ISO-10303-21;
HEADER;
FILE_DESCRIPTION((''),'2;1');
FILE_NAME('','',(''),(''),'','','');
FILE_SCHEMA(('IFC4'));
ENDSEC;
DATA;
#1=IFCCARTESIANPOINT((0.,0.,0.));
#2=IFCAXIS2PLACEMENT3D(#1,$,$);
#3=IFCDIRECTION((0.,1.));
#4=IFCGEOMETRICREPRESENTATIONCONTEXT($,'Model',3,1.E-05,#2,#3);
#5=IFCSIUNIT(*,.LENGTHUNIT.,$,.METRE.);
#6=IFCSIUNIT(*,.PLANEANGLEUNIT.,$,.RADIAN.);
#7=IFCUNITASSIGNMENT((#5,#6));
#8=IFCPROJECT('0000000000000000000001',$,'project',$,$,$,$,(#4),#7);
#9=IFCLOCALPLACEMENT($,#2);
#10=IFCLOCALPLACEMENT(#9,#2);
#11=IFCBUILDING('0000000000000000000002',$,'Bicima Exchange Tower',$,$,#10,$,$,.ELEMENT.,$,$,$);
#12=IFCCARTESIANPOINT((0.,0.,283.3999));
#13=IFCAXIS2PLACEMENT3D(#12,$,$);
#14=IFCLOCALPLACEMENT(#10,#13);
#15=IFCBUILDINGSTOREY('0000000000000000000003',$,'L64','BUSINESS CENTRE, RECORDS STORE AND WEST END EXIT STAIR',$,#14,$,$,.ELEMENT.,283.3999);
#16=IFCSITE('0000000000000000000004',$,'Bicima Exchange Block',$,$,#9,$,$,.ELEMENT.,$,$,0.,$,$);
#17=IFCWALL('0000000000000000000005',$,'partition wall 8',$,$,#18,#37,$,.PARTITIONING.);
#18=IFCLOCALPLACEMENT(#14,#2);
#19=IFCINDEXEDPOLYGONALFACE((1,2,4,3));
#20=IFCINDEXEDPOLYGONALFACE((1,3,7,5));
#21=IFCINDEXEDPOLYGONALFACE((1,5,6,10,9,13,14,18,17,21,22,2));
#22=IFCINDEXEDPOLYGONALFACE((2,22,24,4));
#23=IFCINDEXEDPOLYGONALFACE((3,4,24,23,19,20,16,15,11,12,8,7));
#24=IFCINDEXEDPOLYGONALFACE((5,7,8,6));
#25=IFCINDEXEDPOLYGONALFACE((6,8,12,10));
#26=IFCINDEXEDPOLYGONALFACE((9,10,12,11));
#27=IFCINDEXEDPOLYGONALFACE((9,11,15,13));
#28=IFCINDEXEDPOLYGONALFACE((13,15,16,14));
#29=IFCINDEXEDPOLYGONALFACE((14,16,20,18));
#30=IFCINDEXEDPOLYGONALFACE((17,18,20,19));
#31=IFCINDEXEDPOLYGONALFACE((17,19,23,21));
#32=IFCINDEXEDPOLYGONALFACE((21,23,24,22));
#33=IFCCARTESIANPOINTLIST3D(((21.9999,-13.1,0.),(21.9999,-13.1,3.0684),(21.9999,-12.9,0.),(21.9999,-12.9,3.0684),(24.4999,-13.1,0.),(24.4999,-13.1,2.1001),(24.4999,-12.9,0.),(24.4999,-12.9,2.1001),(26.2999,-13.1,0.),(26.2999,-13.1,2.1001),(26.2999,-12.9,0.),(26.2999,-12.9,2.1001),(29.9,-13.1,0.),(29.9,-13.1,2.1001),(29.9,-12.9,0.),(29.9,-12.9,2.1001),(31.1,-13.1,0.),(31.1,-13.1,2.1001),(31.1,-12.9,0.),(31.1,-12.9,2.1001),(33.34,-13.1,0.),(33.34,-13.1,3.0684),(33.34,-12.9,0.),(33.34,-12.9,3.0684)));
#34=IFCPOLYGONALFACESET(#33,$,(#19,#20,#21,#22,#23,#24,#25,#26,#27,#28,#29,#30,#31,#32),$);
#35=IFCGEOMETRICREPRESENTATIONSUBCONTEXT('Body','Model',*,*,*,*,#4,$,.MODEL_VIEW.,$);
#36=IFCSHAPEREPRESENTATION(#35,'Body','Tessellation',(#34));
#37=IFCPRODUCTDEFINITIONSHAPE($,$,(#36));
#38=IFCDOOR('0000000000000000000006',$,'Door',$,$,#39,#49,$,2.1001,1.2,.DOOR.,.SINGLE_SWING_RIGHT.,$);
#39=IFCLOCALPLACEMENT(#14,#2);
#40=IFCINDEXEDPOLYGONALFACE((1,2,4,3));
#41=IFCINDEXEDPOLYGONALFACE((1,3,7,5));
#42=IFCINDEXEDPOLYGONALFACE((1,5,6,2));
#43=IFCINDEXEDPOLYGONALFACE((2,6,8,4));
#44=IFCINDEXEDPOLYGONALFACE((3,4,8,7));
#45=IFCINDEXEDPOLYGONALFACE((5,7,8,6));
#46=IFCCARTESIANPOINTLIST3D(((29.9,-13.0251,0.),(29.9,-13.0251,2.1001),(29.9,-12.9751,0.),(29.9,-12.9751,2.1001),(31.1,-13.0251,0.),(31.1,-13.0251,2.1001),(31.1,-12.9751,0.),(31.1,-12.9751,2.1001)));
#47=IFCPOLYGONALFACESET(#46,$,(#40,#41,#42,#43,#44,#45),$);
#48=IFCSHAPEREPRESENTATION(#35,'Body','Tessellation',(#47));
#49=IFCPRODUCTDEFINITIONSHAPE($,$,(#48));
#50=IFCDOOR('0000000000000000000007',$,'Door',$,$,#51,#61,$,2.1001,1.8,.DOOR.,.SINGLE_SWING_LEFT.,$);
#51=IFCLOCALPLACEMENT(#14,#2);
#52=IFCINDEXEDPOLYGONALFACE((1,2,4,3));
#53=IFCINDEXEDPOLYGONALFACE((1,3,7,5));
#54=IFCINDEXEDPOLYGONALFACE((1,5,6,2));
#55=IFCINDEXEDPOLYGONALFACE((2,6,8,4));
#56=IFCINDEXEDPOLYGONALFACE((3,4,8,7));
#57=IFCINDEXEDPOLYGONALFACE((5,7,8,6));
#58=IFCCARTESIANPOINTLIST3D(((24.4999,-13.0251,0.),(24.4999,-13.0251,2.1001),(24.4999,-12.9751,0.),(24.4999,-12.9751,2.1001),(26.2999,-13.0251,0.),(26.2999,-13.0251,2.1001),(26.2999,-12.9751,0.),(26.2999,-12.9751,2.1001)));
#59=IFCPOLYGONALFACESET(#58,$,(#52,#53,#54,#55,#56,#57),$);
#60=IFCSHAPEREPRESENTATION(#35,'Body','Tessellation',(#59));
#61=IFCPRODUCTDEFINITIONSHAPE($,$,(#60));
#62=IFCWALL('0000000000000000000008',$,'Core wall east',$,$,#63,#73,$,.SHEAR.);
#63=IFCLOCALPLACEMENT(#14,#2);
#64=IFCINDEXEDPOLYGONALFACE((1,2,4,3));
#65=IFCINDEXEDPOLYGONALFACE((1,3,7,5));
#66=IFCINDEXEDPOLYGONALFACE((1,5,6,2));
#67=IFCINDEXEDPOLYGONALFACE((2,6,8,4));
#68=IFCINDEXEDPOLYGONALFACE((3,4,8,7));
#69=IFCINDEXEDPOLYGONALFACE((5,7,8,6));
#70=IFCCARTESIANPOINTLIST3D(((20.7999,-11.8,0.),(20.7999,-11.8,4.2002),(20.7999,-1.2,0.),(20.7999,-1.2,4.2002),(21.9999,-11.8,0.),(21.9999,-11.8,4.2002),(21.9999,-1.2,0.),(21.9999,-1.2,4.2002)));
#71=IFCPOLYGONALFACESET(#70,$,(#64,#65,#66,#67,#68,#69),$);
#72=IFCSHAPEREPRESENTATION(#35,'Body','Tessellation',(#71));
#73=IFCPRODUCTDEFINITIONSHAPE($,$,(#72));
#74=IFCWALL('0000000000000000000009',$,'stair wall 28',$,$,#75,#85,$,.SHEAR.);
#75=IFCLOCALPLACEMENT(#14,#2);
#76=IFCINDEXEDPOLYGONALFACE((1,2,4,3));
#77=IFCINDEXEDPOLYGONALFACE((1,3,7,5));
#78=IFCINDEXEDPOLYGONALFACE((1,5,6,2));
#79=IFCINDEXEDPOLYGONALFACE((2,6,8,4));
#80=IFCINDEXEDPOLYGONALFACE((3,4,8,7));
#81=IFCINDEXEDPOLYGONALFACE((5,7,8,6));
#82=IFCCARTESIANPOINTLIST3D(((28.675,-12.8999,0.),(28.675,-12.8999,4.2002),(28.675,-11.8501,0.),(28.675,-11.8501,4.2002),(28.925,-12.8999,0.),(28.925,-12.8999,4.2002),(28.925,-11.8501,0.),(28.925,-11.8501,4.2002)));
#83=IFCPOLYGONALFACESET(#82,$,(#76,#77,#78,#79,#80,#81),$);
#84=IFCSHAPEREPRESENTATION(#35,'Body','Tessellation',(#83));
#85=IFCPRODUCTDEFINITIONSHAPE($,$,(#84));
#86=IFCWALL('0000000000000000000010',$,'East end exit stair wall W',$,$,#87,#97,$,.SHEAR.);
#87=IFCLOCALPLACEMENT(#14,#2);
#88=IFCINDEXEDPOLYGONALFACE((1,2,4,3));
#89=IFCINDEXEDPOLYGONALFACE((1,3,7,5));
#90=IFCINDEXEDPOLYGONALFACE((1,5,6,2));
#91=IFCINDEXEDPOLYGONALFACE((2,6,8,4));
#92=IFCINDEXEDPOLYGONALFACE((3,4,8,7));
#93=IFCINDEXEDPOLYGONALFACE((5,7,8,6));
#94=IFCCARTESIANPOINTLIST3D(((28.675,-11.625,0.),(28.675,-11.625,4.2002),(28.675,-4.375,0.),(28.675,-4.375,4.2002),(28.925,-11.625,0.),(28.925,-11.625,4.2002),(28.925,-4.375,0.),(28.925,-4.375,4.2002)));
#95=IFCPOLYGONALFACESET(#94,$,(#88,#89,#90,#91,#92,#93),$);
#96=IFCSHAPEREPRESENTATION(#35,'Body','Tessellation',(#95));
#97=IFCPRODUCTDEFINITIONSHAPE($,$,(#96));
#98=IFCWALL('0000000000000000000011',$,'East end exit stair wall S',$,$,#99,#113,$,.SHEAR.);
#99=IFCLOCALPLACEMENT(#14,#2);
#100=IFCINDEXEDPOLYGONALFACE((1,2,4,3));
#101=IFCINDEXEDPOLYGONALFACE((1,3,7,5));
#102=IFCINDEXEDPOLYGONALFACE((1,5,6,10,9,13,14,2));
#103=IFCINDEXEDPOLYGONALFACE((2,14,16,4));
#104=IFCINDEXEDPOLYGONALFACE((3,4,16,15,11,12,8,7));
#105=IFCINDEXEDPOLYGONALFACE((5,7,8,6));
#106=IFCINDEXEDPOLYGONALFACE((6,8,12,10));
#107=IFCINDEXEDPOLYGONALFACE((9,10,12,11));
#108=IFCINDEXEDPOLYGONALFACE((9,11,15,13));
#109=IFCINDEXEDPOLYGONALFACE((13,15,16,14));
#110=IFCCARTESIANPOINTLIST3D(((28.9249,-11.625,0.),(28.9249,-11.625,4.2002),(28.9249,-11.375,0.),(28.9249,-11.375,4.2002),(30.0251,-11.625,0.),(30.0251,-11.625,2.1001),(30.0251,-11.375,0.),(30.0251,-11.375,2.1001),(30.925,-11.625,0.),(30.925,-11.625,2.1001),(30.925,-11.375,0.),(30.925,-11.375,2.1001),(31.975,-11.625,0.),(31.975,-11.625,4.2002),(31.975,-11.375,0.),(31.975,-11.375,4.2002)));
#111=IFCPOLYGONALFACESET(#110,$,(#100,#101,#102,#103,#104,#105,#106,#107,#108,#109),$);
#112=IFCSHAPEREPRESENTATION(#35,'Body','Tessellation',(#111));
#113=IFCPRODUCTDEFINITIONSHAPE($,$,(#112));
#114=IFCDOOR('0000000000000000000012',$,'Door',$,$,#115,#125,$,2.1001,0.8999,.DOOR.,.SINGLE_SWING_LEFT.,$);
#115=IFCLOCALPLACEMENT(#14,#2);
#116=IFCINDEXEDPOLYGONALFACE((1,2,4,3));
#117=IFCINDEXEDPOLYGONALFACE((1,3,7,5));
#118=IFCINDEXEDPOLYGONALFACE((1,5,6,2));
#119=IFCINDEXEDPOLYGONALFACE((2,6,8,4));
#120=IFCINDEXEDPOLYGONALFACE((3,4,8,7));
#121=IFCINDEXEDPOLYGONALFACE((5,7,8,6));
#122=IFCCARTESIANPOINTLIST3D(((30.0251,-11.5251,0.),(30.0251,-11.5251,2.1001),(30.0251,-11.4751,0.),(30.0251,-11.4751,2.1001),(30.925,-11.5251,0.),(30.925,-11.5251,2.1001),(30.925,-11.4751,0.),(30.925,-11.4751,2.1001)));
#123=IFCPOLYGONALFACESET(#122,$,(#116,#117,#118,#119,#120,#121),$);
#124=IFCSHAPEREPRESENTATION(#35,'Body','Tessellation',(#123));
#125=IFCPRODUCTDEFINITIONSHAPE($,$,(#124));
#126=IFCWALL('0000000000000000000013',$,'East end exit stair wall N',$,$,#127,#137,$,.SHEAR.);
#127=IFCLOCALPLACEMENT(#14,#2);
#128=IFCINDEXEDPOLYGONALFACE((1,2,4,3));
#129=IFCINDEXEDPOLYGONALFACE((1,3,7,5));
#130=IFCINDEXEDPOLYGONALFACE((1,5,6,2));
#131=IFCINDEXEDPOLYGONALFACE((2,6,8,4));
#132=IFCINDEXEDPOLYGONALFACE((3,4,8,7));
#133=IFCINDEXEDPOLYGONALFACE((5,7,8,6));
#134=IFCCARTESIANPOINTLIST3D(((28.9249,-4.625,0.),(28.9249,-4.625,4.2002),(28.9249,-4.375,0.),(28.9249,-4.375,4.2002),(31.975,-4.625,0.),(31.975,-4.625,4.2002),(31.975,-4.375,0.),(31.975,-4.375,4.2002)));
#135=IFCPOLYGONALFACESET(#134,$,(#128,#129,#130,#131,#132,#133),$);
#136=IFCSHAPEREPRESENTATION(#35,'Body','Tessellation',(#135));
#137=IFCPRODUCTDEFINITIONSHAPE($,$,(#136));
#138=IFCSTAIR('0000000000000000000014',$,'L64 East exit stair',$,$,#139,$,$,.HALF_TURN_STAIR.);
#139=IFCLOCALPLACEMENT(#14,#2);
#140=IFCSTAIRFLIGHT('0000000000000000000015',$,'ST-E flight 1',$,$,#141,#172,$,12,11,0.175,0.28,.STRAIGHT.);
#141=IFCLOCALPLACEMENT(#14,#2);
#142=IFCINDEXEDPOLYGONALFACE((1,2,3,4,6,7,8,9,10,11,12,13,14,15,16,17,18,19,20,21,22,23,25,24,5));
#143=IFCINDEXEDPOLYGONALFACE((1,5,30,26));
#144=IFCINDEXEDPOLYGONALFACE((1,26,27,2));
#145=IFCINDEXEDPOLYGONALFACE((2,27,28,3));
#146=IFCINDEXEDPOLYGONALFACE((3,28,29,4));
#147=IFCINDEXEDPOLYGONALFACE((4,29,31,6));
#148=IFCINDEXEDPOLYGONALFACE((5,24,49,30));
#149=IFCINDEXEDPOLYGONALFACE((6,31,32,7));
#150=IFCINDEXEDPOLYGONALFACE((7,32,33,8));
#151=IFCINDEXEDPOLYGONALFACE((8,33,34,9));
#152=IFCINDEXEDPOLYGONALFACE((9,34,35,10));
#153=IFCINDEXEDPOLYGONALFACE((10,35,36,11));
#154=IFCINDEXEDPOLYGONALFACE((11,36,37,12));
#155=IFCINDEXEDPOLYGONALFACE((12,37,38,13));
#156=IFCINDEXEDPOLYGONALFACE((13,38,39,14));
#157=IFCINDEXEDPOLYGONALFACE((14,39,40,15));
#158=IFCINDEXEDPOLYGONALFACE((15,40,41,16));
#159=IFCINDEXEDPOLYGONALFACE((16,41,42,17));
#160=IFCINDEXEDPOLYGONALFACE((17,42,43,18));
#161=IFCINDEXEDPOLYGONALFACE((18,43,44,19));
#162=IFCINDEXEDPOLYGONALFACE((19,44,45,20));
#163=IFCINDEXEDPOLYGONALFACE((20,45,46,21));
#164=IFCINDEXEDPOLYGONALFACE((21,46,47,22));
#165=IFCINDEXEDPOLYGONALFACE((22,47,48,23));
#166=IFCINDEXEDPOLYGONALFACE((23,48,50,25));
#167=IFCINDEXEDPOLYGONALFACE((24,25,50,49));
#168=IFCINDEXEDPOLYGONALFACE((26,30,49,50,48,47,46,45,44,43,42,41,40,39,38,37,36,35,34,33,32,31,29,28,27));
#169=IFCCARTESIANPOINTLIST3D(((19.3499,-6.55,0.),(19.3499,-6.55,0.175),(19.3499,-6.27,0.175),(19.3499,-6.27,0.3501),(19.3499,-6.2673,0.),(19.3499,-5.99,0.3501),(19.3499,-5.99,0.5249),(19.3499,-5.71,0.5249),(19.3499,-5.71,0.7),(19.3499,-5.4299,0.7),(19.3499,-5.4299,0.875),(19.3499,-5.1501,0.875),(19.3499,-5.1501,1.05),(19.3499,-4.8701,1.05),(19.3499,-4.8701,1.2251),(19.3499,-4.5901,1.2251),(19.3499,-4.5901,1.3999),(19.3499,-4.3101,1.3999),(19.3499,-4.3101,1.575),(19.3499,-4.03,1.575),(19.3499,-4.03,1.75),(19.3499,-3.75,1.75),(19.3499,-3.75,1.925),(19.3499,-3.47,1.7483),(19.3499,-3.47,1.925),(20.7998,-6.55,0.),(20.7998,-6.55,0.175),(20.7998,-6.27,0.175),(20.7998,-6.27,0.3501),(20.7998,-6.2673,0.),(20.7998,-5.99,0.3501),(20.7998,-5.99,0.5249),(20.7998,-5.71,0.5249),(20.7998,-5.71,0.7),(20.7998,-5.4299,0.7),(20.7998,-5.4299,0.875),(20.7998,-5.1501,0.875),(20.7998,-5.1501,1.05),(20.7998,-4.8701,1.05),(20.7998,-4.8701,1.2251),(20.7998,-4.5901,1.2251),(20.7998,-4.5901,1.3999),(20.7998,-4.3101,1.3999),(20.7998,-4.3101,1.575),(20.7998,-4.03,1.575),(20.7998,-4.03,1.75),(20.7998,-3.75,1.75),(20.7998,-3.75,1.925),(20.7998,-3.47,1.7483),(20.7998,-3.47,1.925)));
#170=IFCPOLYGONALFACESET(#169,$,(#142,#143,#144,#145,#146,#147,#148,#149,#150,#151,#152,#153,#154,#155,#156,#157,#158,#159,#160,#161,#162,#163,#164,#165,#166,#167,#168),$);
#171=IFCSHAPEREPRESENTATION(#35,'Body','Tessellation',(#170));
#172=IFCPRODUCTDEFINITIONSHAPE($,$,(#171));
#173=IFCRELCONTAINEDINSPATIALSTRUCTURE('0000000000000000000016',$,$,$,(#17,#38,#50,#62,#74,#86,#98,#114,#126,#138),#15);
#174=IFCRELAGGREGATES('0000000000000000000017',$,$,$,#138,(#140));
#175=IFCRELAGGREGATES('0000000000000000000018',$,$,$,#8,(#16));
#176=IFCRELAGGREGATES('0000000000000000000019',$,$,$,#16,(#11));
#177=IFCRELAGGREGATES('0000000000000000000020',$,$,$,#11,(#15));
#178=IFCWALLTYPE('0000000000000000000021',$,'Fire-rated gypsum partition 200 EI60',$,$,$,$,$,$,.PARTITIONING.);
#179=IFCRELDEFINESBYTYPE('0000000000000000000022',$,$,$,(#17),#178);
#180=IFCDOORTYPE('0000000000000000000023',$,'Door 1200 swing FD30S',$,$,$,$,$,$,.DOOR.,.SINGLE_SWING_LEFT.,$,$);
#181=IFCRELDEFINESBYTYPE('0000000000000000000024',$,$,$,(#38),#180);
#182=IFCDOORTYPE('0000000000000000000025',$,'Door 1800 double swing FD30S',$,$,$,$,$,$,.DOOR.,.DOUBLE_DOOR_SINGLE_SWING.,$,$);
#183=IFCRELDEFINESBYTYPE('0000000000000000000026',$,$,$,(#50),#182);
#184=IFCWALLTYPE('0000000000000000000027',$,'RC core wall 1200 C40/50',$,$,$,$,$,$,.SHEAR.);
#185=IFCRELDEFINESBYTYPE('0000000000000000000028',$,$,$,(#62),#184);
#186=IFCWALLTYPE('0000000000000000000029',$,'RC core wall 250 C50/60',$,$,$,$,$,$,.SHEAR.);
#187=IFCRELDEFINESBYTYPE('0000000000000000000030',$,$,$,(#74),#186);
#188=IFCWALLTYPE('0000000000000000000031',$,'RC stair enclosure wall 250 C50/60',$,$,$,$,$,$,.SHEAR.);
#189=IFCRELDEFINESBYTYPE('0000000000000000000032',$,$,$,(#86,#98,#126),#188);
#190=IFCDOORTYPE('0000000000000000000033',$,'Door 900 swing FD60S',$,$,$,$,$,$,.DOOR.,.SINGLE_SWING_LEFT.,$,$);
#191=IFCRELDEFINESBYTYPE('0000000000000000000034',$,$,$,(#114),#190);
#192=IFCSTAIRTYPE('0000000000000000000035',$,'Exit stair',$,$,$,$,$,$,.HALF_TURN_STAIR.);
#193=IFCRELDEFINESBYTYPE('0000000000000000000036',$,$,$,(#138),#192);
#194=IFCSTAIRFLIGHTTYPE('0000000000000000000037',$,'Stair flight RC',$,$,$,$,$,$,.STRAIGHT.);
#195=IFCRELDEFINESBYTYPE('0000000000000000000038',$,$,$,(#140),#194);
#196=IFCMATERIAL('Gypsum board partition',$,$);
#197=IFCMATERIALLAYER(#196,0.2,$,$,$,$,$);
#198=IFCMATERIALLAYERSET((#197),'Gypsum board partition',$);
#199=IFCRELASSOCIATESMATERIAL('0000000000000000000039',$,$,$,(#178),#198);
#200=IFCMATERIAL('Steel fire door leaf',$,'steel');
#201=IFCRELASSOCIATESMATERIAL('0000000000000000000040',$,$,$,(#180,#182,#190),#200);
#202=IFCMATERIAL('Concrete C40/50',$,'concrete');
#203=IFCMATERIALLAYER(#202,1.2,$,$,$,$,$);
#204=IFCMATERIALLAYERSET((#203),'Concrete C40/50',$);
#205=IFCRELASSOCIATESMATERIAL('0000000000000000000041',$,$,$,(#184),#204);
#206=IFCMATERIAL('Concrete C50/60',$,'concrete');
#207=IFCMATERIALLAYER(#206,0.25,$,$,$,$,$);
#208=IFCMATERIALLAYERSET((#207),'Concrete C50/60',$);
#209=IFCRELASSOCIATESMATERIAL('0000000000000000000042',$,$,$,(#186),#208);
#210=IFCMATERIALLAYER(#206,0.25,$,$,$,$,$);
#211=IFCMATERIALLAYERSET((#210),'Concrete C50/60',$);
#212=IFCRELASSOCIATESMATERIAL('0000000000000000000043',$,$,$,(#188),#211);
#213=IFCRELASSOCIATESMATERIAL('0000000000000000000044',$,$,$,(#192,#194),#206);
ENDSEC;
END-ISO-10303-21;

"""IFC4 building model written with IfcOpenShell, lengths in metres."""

from ifc_helpers import new_model, si_unit, direction, frame, frame_2d, origin, place, context, subcontext, project, spatial, polyline, rectangle, outline, extrude, material, layer, layer_set, type_object, element, fill, aggregate, save


model = new_model("IFC4")

# Units and contexts
model_context = context("Model", 3, precision=1e-05, world=origin(), true_north=direction((0.0, 1.0)))
body_context = subcontext(model_context, "Body", "Model", "MODEL_VIEW")
ifc_project = project(units=[si_unit("LENGTHUNIT", "METRE"), si_unit("PLANEANGLEUNIT", "RADIAN")], contexts=[model_context])

# Site, building, storey
site_placement = place(None, origin())
site = spatial("IfcSite", under=ifc_project, at=site_placement, Name="Bicima Exchange Block", CompositionType="ELEMENT", RefElevation=0.0)
building_placement = place(site_placement, origin())
building = spatial("IfcBuilding", under=site, at=building_placement, Name="Bicima Exchange Tower", CompositionType="ELEMENT")
storey_placement = place(building_placement, frame((0.0, 0.0, 283.3999)))
storey = spatial("IfcBuildingStorey", under=building, at=storey_placement, Name="L64", Description="BUSINESS CENTRE, RECORDS STORE AND WEST END EXIT STAIR", CompositionType="ELEMENT", Elevation=283.3999)

# Wall, openings, doors
ifc_material_1 = material(Name="Gypsum board partition")
ifc_layer_1 = layer(ifc_material_1, 0.2)
ifc_layer_set_1 = layer_set([ifc_layer_1], Name="Gypsum board partition")
wall_type_1 = type_object("IfcWallType", Name="Fire-rated gypsum partition 200 EI60", PredefinedType="PARTITIONING", material=ifc_layer_set_1)
wall_1_placement = place(storey_placement, frame((22.0, -13.0, 0.0), z_axis=(0.0, 0.0, 1.0), x_axis=(1.0, 0.0, 0.0)))
wall_1 = element("IfcWall", 1, at=wall_1_placement, inside=storey, type_object=wall_type_1, Name="partition wall 8", PredefinedType="PARTITIONING", context=body_context, shape_type="SweptSolid", body=[
    extrude(rectangle(XDim=11.3401, YDim=0.2, at=frame_2d((5.6699, 0.0))), origin(), (0.0, 0.0, 1.0), 3.0684),
])
opening_1_placement = place(wall_1_placement, frame((7.8999, 0.0, 0.0)))
opening_1 = element("IfcOpeningElement", 2, at=opening_1_placement, cuts=wall_1, PredefinedType="OPENING", context=body_context, shape_type="SweptSolid", body=[
    extrude(rectangle(XDim=1.2, YDim=2.1001, at=frame_2d((0.6001, 1.05))), frame((0.0, 0.1118, 0.0), z_axis=(0.0, -1.0, 0.0), x_axis=(1.0, 0.0, 0.0)), (0.0, 0.0, 1.0), 0.2239),
])
opening_2_placement = place(wall_1_placement, frame((2.5, 0.0, 0.0)))
opening_2 = element("IfcOpeningElement", 3, at=opening_2_placement, cuts=wall_1, PredefinedType="OPENING", context=body_context, shape_type="SweptSolid", body=[
    extrude(rectangle(XDim=1.8, YDim=2.1001, at=frame_2d((0.8999, 1.05))), frame((0.0, 0.1118, 0.0), z_axis=(0.0, -1.0, 0.0), x_axis=(1.0, 0.0, 0.0)), (0.0, 0.0, 1.0), 0.2239),
])
ifc_material_2 = material(Name="Steel fire door leaf", Category="steel")
door_type_1 = type_object("IfcDoorType", Name="Door 1200 swing FD30S", OperationType="SINGLE_SWING_LEFT", PredefinedType="DOOR", material=ifc_material_2)
door_1_placement = place(opening_1_placement, origin())
door_1 = element("IfcDoor", 4, at=door_1_placement, inside=storey, type_object=door_type_1, Name="Door", OperationType="SINGLE_SWING_RIGHT", OverallHeight=2.1001, OverallWidth=1.2, PredefinedType="DOOR", context=body_context, shape_type="SweptSolid", body=[
    extrude(rectangle(XDim=1.2, YDim=2.1001, at=frame_2d((0.6001, 1.05))), frame((0.0, 0.0249, 0.0), z_axis=(0.0, -1.0, 0.0), x_axis=(1.0, 0.0, 0.0)), (0.0, 0.0, 1.0), 0.05),
])
fill(opening_1, door_1)
door_type_2 = type_object("IfcDoorType", Name="Door 1800 double swing FD30S", OperationType="DOUBLE_DOOR_SINGLE_SWING", PredefinedType="DOOR", material=ifc_material_2)
door_2_placement = place(opening_2_placement, origin())
door_2 = element("IfcDoor", 5, at=door_2_placement, inside=storey, type_object=door_type_2, Name="Door", OperationType="SINGLE_SWING_LEFT", OverallHeight=2.1001, OverallWidth=1.8, PredefinedType="DOOR", context=body_context, shape_type="SweptSolid", body=[
    extrude(rectangle(XDim=1.8, YDim=2.1001, at=frame_2d((0.8999, 1.05))), frame((0.0, 0.0249, 0.0), z_axis=(0.0, -1.0, 0.0), x_axis=(1.0, 0.0, 0.0)), (0.0, 0.0, 1.0), 0.05),
])
fill(opening_2, door_2)

# Walls
ifc_material_3 = material(Name="Concrete C40/50", Category="concrete")
ifc_layer_2 = layer(ifc_material_3, 1.2)
ifc_layer_set_2 = layer_set([ifc_layer_2], Name="Concrete C40/50")
wall_type_2 = type_object("IfcWallType", Name="RC core wall 1200 C40/50", PredefinedType="SHEAR", material=ifc_layer_set_2)
wall_2_placement = place(storey_placement, frame((21.3999, -11.8, 0.0), z_axis=(0.0, 0.0, 1.0), x_axis=(0.0, 1.0, 0.0)))
element("IfcWall", 6, at=wall_2_placement, inside=storey, type_object=wall_type_2, Name="Core wall east", PredefinedType="SHEAR", context=body_context, shape_type="SweptSolid", body=[
    extrude(rectangle(XDim=10.6001, YDim=1.2, at=frame_2d((5.3, 0.0))), origin(), (0.0, 0.0, 1.0), 4.2002),
])
ifc_material_4 = material(Name="Concrete C50/60", Category="concrete")
ifc_layer_3 = layer(ifc_material_4, 0.25)
ifc_layer_set_3 = layer_set([ifc_layer_3], Name="Concrete C50/60")
wall_type_3 = type_object("IfcWallType", Name="RC core wall 250 C50/60", PredefinedType="SHEAR", material=ifc_layer_set_3)
wall_3_placement = place(storey_placement, frame((28.8, -12.8999, 0.0), z_axis=(0.0, 0.0, 1.0), x_axis=(0.0, 1.0, 0.0)))
element("IfcWall", 7, at=wall_3_placement, inside=storey, type_object=wall_type_3, Name="stair wall 28", PredefinedType="SHEAR", context=body_context, shape_type="SweptSolid", body=[
    extrude(rectangle(XDim=1.0498, YDim=0.25, at=frame_2d((0.5249, 0.0))), origin(), (0.0, 0.0, 1.0), 4.2002),
])
ifc_layer_4 = layer(ifc_material_4, 0.25)
ifc_layer_set_4 = layer_set([ifc_layer_4], Name="Concrete C50/60")
wall_type_4 = type_object("IfcWallType", Name="RC stair enclosure wall 250 C50/60", PredefinedType="SHEAR", material=ifc_layer_set_4)
wall_4_placement = place(storey_placement, frame((28.8, -11.625, 0.0), z_axis=(0.0, 0.0, 1.0), x_axis=(0.0, 1.0, 0.0)))
element("IfcWall", 8, at=wall_4_placement, inside=storey, type_object=wall_type_4, Name="East end exit stair wall W", PredefinedType="SHEAR", context=body_context, shape_type="SweptSolid", body=[
    extrude(rectangle(XDim=7.25, YDim=0.25, at=frame_2d((3.625, 0.0))), origin(), (0.0, 0.0, 1.0), 4.2002),
])

# Wall, opening, door
wall_5_placement = place(storey_placement, frame((28.925, -11.5, 0.0), z_axis=(0.0, 0.0, 1.0), x_axis=(1.0, 0.0, 0.0)))
wall_5 = element("IfcWall", 9, at=wall_5_placement, inside=storey, type_object=wall_type_4, Name="East end exit stair wall S", PredefinedType="SHEAR", context=body_context, shape_type="SweptSolid", body=[
    extrude(rectangle(XDim=3.05, YDim=0.25, at=frame_2d((1.5249, 0.0))), origin(), (0.0, 0.0, 1.0), 4.2002),
])
opening_3_placement = place(wall_5_placement, frame((1.1001, 0.0, 0.0)))
opening_3 = element("IfcOpeningElement", 10, at=opening_3_placement, cuts=wall_5, PredefinedType="OPENING", context=body_context, shape_type="SweptSolid", body=[
    extrude(rectangle(XDim=0.8999, YDim=2.1001, at=frame_2d((0.45, 1.05))), frame((0.0, 0.137, 0.0), z_axis=(0.0, -1.0, 0.0), x_axis=(1.0, 0.0, 0.0)), (0.0, 0.0, 1.0), 0.2739),
])
door_type_3 = type_object("IfcDoorType", Name="Door 900 swing FD60S", OperationType="SINGLE_SWING_LEFT", PredefinedType="DOOR", material=ifc_material_2)
door_3_placement = place(opening_3_placement, origin())
door_3 = element("IfcDoor", 11, at=door_3_placement, inside=storey, type_object=door_type_3, Name="Door", OperationType="SINGLE_SWING_LEFT", OverallHeight=2.1001, OverallWidth=0.8999, PredefinedType="DOOR", context=body_context, shape_type="SweptSolid", body=[
    extrude(rectangle(XDim=0.8999, YDim=2.1001, at=frame_2d((0.45, 1.05))), frame((0.0, 0.0249, 0.0), z_axis=(0.0, -1.0, 0.0), x_axis=(1.0, 0.0, 0.0)), (0.0, 0.0, 1.0), 0.05),
])
fill(opening_3, door_3)

# Wall
wall_6_placement = place(storey_placement, frame((28.925, -4.5, 0.0), z_axis=(0.0, 0.0, 1.0), x_axis=(1.0, 0.0, 0.0)))
element("IfcWall", 12, at=wall_6_placement, inside=storey, type_object=wall_type_4, Name="East end exit stair wall N", PredefinedType="SHEAR", context=body_context, shape_type="SweptSolid", body=[
    extrude(rectangle(XDim=3.05, YDim=0.25, at=frame_2d((1.5249, 0.0))), origin(), (0.0, 0.0, 1.0), 4.2002),
])

# Stair, stair flight
stair_type = type_object("IfcStairType", Name="Exit stair", PredefinedType="HALF_TURN_STAIR", material=ifc_material_4)
stair_placement = place(storey_placement, origin())
stair = element("IfcStair", 13, at=stair_placement, inside=storey, type_object=stair_type, Name="L64 East exit stair", PredefinedType="HALF_TURN_STAIR")
stair_flight_type = type_object("IfcStairFlightType", Name="Stair flight RC", PredefinedType="STRAIGHT", material=ifc_material_4)
stair_flight_1_placement = place(storey_placement, frame((20.075, -6.55, 0.0), z_axis=(0.0, 0.0, 1.0), x_axis=(0.0, 1.0, 0.0)))
stair_flight_1 = element("IfcStairFlight", 14, at=stair_flight_1_placement, type_object=stair_flight_type, Name="ST-E flight 1", NumberOfRisers=12, NumberOfTreads=11, PredefinedType="STRAIGHT", RiserHeight=0.175, TreadLength=0.28, context=body_context, shape_type="SweptSolid", body=[
    extrude(outline(polyline([(0.0, 0.0), (0.0, 0.175), (0.28, 0.175), (0.28, 0.3501), (0.5601, 0.3501), (0.5601, 0.5249), (0.8401, 0.5249), (0.8401, 0.7), (1.1201, 0.7), (1.1201, 0.875), (1.3999, 0.875), (1.3999, 1.05), (1.6799, 1.05), (1.6799, 1.2251), (1.96, 1.2251), (1.96, 1.3999), (2.24, 1.3999), (2.24, 1.575), (2.52, 1.575), (2.52, 1.75), (2.8, 1.75), (2.8, 1.925), (3.0801, 1.925), (3.0801, 2.1001), (3.0801, 1.7483), (0.2827, 0.0), (0.0, 0.0)])), frame((0.0, 0.7251, 0.0), z_axis=(0.0, -1.0, 0.0), x_axis=(1.0, 0.0, 0.0)), (0.0, 0.0, 1.0), 1.45),
])
aggregate(stair, [stair_flight_1])

save(model, "model.ifc")
